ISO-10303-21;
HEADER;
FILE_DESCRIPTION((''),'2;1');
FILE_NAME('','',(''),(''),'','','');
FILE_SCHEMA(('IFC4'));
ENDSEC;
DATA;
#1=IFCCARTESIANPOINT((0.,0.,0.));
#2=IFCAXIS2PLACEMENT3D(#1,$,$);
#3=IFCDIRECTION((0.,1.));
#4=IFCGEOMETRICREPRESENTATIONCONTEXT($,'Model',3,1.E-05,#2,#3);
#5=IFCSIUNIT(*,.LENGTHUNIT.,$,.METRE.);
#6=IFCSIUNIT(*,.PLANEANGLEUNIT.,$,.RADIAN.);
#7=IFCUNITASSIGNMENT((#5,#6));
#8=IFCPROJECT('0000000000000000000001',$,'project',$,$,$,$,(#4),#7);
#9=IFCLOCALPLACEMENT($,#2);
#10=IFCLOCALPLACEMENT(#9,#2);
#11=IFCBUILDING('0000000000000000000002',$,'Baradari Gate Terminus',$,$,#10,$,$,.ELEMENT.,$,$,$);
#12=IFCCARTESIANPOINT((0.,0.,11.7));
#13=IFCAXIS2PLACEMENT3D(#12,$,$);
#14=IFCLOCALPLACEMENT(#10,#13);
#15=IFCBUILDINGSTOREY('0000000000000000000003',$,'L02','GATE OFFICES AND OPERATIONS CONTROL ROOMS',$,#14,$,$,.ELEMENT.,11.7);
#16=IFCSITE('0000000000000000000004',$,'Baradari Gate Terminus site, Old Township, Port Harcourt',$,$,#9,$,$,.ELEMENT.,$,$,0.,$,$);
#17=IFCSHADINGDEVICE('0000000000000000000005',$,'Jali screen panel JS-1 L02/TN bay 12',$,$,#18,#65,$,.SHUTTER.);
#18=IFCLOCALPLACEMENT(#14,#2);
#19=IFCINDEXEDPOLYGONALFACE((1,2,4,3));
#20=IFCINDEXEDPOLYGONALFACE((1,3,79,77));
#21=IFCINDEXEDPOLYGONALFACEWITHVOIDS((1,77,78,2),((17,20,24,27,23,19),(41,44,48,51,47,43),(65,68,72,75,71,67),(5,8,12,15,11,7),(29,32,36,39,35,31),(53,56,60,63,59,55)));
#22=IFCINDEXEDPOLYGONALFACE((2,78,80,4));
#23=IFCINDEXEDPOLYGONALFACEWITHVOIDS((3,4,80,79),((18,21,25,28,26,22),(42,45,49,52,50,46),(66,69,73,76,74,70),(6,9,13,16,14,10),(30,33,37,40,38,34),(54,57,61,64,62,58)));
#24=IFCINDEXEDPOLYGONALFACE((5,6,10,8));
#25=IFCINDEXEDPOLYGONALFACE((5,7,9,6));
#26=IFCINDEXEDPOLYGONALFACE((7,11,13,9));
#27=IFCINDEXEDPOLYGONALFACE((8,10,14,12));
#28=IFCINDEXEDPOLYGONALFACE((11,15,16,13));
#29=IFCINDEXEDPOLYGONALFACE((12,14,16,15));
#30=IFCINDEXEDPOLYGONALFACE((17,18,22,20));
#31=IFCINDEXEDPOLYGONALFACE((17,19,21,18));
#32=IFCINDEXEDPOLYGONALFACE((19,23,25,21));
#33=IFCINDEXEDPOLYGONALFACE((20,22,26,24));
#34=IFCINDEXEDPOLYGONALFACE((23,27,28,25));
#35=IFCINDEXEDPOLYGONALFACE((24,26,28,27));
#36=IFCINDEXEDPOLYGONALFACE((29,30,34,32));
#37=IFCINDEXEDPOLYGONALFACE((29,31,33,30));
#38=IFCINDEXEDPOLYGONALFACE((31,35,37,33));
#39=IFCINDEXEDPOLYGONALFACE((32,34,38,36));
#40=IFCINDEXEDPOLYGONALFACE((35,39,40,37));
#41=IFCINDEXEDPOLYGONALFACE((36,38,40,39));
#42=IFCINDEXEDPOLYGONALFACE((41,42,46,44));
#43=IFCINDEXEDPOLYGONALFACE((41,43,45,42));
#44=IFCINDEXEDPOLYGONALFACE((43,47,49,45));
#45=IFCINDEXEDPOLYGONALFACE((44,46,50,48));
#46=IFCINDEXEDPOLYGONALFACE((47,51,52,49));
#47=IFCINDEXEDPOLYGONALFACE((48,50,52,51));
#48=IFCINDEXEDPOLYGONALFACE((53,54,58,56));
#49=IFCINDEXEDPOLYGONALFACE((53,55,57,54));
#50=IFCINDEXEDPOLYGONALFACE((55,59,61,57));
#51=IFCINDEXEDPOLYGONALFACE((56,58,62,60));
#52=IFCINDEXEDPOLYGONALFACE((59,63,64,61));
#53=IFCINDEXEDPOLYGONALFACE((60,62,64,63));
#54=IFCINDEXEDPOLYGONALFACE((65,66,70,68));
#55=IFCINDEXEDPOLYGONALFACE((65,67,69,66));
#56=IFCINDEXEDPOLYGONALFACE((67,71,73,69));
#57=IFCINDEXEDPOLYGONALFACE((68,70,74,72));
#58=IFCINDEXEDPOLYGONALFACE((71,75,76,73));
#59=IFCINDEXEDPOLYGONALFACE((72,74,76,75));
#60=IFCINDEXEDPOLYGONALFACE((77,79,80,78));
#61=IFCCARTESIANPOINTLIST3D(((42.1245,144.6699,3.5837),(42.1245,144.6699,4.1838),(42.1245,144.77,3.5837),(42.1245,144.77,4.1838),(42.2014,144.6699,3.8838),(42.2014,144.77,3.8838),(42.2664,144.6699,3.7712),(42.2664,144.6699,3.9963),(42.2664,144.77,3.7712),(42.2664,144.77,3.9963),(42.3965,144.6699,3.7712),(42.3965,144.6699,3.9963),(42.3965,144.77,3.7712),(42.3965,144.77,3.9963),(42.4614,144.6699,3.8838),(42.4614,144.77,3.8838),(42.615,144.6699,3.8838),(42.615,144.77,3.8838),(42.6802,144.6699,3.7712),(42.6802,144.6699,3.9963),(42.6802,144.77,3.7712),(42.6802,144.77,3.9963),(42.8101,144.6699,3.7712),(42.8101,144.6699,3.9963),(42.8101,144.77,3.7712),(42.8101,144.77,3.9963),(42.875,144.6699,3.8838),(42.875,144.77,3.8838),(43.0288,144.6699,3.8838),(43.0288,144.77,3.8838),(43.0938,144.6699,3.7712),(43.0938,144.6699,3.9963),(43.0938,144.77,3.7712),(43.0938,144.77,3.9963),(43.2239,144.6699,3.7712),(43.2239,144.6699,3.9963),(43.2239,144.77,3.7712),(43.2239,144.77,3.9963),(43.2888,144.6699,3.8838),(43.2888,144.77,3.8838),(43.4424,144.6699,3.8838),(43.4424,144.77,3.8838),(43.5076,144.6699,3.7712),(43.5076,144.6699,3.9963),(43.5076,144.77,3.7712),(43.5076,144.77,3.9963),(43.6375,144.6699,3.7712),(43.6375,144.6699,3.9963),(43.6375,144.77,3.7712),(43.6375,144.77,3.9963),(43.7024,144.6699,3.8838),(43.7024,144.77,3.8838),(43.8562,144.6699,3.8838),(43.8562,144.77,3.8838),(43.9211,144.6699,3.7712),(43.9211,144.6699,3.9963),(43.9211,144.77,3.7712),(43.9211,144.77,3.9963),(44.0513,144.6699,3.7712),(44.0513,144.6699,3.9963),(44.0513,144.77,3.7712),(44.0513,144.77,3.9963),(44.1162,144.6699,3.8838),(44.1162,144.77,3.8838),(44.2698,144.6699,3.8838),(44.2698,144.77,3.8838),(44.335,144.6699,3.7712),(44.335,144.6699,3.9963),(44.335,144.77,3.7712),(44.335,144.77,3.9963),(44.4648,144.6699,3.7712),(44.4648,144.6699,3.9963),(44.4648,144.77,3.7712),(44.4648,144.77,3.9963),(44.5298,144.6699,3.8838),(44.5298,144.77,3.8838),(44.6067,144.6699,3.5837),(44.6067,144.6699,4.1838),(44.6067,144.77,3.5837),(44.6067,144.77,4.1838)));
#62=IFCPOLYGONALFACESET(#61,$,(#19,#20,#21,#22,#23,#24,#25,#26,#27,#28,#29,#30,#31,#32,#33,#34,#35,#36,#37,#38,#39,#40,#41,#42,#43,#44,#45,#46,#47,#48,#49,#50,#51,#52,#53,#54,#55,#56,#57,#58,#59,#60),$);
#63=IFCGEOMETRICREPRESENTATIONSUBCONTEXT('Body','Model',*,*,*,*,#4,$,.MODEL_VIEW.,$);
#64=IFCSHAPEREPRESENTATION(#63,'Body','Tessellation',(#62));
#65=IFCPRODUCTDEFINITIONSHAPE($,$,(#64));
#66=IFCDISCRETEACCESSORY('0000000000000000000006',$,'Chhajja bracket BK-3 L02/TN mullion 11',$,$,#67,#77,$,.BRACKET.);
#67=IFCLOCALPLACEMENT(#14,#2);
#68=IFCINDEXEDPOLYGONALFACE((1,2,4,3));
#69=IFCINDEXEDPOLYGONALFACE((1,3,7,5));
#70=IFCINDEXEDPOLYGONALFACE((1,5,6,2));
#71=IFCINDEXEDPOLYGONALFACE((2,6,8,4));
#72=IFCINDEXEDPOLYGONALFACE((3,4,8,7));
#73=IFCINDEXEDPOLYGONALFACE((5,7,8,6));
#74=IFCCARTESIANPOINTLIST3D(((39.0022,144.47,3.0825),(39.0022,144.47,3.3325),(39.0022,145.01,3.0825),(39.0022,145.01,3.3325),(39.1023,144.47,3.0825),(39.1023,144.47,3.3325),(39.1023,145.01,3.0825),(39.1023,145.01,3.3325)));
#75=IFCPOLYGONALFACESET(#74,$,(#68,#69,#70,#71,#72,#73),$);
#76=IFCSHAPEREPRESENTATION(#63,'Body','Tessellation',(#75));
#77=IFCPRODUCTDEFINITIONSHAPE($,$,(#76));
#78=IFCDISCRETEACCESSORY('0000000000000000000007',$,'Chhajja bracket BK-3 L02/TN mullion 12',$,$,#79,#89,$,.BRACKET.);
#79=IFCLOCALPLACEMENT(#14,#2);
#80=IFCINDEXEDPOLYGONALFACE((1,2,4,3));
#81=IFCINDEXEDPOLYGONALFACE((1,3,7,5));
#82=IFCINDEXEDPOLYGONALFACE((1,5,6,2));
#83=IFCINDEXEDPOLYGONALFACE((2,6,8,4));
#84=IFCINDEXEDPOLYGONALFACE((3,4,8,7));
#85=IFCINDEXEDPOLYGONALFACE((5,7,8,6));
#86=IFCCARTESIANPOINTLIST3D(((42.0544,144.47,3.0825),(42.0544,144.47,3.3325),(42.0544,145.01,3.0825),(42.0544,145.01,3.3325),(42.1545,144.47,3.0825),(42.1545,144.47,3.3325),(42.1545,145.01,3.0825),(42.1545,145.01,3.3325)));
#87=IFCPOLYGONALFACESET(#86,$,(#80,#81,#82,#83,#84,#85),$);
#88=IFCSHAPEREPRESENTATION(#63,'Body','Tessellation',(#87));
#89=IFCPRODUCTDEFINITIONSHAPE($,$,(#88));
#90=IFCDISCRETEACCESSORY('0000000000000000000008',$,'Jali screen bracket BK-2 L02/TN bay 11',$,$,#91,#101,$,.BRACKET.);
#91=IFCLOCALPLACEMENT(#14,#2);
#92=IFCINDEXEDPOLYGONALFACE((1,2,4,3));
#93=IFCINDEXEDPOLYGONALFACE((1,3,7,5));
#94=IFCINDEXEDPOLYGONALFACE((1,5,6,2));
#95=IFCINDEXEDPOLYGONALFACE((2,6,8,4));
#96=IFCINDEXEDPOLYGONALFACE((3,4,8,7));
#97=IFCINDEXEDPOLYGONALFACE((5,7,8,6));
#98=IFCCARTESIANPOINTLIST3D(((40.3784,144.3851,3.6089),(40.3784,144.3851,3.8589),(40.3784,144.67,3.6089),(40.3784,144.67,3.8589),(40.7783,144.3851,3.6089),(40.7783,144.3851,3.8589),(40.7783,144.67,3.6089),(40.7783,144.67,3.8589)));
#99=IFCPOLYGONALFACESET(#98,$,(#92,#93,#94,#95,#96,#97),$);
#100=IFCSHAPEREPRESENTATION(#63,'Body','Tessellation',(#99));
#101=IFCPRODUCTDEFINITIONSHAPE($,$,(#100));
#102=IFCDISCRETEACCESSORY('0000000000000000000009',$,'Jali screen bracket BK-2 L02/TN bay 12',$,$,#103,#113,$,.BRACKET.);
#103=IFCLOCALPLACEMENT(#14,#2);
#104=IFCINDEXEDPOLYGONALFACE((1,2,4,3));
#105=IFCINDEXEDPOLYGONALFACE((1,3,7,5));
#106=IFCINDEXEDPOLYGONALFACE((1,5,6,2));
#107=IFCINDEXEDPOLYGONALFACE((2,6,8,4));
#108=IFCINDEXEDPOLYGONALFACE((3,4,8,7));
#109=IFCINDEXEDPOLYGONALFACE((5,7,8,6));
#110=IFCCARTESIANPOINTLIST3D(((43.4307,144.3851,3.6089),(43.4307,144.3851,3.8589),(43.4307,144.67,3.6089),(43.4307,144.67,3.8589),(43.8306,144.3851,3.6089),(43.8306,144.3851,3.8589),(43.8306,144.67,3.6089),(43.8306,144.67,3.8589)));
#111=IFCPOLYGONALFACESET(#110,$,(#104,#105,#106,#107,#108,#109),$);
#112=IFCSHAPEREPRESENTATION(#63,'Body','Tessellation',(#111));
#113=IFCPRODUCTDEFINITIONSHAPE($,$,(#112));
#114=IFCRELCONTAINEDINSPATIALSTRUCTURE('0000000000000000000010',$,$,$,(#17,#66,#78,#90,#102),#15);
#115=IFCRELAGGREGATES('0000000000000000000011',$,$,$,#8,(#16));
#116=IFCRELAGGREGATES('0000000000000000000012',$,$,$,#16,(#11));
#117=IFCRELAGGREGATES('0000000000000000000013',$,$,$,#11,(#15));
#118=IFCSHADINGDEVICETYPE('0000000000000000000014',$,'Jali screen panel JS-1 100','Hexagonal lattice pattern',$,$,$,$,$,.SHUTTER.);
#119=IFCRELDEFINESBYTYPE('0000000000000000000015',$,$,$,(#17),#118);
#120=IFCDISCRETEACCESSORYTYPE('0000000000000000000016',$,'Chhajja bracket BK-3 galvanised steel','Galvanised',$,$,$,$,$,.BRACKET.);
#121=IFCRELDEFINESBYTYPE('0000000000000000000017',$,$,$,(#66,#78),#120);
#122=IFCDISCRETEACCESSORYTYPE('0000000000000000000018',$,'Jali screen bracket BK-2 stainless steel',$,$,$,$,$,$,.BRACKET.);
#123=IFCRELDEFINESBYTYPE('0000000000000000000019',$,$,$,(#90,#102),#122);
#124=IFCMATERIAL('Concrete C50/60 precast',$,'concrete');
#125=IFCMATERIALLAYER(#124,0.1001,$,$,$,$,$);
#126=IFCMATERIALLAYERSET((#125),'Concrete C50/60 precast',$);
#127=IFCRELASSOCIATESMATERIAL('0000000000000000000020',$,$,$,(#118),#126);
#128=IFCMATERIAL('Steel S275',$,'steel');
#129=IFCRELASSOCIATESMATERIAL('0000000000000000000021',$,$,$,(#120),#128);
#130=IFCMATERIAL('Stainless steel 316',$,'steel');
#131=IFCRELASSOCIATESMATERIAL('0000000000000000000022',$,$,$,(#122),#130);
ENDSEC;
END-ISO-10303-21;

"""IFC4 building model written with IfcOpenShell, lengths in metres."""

from ifc_helpers import new_model, si_unit, direction, frame, origin, origin_2d, place, context, subcontext, project, spatial, polyline, rectangle, outline, extrude, material, layer, layer_set, type_object, element, save


model = new_model("IFC4")

# Units and contexts
model_context = context("Model", 3, precision=1e-05, world=origin(), true_north=direction((0.0, 1.0)))
body_context = subcontext(model_context, "Body", "Model", "MODEL_VIEW")
ifc_project = project(units=[si_unit("LENGTHUNIT", "METRE"), si_unit("PLANEANGLEUNIT", "RADIAN")], contexts=[model_context])

# Site, building, storey
site_placement = place(None, origin())
site = spatial("IfcSite", under=ifc_project, at=site_placement, Name="Baradari Gate Terminus site, Old Township, Port Harcourt", CompositionType="ELEMENT", RefElevation=0.0)
building_placement = place(site_placement, origin())
building = spatial("IfcBuilding", under=site, at=building_placement, Name="Baradari Gate Terminus", CompositionType="ELEMENT")
storey_placement = place(building_placement, frame((0.0, 0.0, 11.7)))
storey = spatial("IfcBuildingStorey", under=building, at=storey_placement, Name="L02", Description="GATE OFFICES AND OPERATIONS CONTROL ROOMS", CompositionType="ELEMENT", Elevation=11.7)

# Shading device
ifc_material_1 = material(Name="Concrete C50/60 precast", Category="concrete")
ifc_layer_1 = layer(ifc_material_1, 0.1001)
ifc_layer_set_1 = layer_set([ifc_layer_1], Name="Concrete C50/60 precast")
shading_device_type_1 = type_object("IfcShadingDeviceType", Name="Jali screen panel JS-1 100", Description="Hexagonal lattice pattern", PredefinedType="SHUTTER", material=ifc_layer_set_1)
shading_device_1_placement = place(storey_placement, frame((42.1245, 144.72, 3.5837), z_axis=(0.0, 0.0, 1.0), x_axis=(1.0, 0.0, 0.0)))
element("IfcShadingDevice", 1, at=shading_device_1_placement, inside=storey, type_object=shading_device_type_1, Name="Jali screen panel JS-1 L02/TN bay 12", PredefinedType="SHUTTER", context=body_context, shape_type="SweptSolid", body=[
    extrude(outline(polyline([(0.0, 0.0), (2.4822, 0.0), (2.4822, 0.6001), (0.0, 0.6001), (0.0, 0.0)]), holes=[polyline([(0.3369, 0.3), (0.272, 0.1875), (0.1418, 0.1875), (0.0769, 0.3), (0.1418, 0.4126), (0.272, 0.4126), (0.3369, 0.3)]), polyline([(0.7505, 0.3), (0.6855, 0.1875), (0.5557, 0.1875), (0.4905, 0.3), (0.5557, 0.4126), (0.6855, 0.4126), (0.7505, 0.3)]), polyline([(1.1643, 0.3), (1.0994, 0.1875), (0.9692, 0.1875), (0.9043, 0.3), (0.9692, 0.4126), (1.0994, 0.4126), (1.1643, 0.3)]), polyline([(1.5779, 0.3), (1.5129, 0.1875), (1.3831, 0.1875), (1.3179, 0.3), (1.3831, 0.4126), (1.5129, 0.4126), (1.5779, 0.3)]), polyline([(1.9917, 0.3), (1.9268, 0.1875), (1.7966, 0.1875), (1.7317, 0.3), (1.7966, 0.4126), (1.9268, 0.4126), (1.9917, 0.3)]), polyline([(2.4053, 0.3), (2.3403, 0.1875), (2.2104, 0.1875), (2.1453, 0.3), (2.2104, 0.4126), (2.3403, 0.4126), (2.4053, 0.3)])]), frame((0.0, 0.05, 0.0), z_axis=(0.0, -1.0, 0.0), x_axis=(1.0, 0.0, 0.0)), (0.0, 0.0, 1.0), 0.1001),
])

# Discrete accessories
ifc_material_2 = material(Name="Steel S275", Category="steel")
discrete_accessory_type_1 = type_object("IfcDiscreteAccessoryType", Name="Chhajja bracket BK-3 galvanised steel", Description="Galvanised", PredefinedType="BRACKET", material=ifc_material_2)
for number, where, z_axis, x_axis, name in (
    (2, (39.0522, 144.74, 3.0825), (0.0, 0.0, 1.0), (0.0, 1.0, 0.0), "Chhajja bracket BK-3 L02/TN mullion 11"),
    (3, (42.1045, 144.74, 3.0825), (0.0, 0.0, 1.0), (0.0, 1.0, 0.0), "Chhajja bracket BK-3 L02/TN mullion 12"),
):
    element("IfcDiscreteAccessory", number, at=place(storey_placement, frame(where, z_axis=z_axis, x_axis=x_axis)), inside=storey, type_object=discrete_accessory_type_1, Name=name, PredefinedType="BRACKET", context=body_context, shape_type="SweptSolid", body=[
        extrude(rectangle(XDim=0.54, YDim=0.1001, at=origin_2d()), origin(), (0.0, 0.0, 1.0), 0.25),
    ])
ifc_material_3 = material(Name="Stainless steel 316", Category="steel")
discrete_accessory_type_2 = type_object("IfcDiscreteAccessoryType", Name="Jali screen bracket BK-2 stainless steel", PredefinedType="BRACKET", material=ifc_material_3)
for number, where, z_axis, x_axis, name in (
    (4, (40.5784, 144.5276, 3.6089), (0.0, 0.0, 1.0), (0.0, 1.0, 0.0), "Jali screen bracket BK-2 L02/TN bay 11"),
    (5, (43.6306, 144.5276, 3.6089), (0.0, 0.0, 1.0), (0.0, 1.0, 0.0), "Jali screen bracket BK-2 L02/TN bay 12"),
):
    element("IfcDiscreteAccessory", number, at=place(storey_placement, frame(where, z_axis=z_axis, x_axis=x_axis)), inside=storey, type_object=discrete_accessory_type_2, Name=name, PredefinedType="BRACKET", context=body_context, shape_type="SweptSolid", body=[
        extrude(rectangle(XDim=0.2849, YDim=0.3999, at=origin_2d()), origin(), (0.0, 0.0, 1.0), 0.25),
    ])

save(model, "model.ifc")
